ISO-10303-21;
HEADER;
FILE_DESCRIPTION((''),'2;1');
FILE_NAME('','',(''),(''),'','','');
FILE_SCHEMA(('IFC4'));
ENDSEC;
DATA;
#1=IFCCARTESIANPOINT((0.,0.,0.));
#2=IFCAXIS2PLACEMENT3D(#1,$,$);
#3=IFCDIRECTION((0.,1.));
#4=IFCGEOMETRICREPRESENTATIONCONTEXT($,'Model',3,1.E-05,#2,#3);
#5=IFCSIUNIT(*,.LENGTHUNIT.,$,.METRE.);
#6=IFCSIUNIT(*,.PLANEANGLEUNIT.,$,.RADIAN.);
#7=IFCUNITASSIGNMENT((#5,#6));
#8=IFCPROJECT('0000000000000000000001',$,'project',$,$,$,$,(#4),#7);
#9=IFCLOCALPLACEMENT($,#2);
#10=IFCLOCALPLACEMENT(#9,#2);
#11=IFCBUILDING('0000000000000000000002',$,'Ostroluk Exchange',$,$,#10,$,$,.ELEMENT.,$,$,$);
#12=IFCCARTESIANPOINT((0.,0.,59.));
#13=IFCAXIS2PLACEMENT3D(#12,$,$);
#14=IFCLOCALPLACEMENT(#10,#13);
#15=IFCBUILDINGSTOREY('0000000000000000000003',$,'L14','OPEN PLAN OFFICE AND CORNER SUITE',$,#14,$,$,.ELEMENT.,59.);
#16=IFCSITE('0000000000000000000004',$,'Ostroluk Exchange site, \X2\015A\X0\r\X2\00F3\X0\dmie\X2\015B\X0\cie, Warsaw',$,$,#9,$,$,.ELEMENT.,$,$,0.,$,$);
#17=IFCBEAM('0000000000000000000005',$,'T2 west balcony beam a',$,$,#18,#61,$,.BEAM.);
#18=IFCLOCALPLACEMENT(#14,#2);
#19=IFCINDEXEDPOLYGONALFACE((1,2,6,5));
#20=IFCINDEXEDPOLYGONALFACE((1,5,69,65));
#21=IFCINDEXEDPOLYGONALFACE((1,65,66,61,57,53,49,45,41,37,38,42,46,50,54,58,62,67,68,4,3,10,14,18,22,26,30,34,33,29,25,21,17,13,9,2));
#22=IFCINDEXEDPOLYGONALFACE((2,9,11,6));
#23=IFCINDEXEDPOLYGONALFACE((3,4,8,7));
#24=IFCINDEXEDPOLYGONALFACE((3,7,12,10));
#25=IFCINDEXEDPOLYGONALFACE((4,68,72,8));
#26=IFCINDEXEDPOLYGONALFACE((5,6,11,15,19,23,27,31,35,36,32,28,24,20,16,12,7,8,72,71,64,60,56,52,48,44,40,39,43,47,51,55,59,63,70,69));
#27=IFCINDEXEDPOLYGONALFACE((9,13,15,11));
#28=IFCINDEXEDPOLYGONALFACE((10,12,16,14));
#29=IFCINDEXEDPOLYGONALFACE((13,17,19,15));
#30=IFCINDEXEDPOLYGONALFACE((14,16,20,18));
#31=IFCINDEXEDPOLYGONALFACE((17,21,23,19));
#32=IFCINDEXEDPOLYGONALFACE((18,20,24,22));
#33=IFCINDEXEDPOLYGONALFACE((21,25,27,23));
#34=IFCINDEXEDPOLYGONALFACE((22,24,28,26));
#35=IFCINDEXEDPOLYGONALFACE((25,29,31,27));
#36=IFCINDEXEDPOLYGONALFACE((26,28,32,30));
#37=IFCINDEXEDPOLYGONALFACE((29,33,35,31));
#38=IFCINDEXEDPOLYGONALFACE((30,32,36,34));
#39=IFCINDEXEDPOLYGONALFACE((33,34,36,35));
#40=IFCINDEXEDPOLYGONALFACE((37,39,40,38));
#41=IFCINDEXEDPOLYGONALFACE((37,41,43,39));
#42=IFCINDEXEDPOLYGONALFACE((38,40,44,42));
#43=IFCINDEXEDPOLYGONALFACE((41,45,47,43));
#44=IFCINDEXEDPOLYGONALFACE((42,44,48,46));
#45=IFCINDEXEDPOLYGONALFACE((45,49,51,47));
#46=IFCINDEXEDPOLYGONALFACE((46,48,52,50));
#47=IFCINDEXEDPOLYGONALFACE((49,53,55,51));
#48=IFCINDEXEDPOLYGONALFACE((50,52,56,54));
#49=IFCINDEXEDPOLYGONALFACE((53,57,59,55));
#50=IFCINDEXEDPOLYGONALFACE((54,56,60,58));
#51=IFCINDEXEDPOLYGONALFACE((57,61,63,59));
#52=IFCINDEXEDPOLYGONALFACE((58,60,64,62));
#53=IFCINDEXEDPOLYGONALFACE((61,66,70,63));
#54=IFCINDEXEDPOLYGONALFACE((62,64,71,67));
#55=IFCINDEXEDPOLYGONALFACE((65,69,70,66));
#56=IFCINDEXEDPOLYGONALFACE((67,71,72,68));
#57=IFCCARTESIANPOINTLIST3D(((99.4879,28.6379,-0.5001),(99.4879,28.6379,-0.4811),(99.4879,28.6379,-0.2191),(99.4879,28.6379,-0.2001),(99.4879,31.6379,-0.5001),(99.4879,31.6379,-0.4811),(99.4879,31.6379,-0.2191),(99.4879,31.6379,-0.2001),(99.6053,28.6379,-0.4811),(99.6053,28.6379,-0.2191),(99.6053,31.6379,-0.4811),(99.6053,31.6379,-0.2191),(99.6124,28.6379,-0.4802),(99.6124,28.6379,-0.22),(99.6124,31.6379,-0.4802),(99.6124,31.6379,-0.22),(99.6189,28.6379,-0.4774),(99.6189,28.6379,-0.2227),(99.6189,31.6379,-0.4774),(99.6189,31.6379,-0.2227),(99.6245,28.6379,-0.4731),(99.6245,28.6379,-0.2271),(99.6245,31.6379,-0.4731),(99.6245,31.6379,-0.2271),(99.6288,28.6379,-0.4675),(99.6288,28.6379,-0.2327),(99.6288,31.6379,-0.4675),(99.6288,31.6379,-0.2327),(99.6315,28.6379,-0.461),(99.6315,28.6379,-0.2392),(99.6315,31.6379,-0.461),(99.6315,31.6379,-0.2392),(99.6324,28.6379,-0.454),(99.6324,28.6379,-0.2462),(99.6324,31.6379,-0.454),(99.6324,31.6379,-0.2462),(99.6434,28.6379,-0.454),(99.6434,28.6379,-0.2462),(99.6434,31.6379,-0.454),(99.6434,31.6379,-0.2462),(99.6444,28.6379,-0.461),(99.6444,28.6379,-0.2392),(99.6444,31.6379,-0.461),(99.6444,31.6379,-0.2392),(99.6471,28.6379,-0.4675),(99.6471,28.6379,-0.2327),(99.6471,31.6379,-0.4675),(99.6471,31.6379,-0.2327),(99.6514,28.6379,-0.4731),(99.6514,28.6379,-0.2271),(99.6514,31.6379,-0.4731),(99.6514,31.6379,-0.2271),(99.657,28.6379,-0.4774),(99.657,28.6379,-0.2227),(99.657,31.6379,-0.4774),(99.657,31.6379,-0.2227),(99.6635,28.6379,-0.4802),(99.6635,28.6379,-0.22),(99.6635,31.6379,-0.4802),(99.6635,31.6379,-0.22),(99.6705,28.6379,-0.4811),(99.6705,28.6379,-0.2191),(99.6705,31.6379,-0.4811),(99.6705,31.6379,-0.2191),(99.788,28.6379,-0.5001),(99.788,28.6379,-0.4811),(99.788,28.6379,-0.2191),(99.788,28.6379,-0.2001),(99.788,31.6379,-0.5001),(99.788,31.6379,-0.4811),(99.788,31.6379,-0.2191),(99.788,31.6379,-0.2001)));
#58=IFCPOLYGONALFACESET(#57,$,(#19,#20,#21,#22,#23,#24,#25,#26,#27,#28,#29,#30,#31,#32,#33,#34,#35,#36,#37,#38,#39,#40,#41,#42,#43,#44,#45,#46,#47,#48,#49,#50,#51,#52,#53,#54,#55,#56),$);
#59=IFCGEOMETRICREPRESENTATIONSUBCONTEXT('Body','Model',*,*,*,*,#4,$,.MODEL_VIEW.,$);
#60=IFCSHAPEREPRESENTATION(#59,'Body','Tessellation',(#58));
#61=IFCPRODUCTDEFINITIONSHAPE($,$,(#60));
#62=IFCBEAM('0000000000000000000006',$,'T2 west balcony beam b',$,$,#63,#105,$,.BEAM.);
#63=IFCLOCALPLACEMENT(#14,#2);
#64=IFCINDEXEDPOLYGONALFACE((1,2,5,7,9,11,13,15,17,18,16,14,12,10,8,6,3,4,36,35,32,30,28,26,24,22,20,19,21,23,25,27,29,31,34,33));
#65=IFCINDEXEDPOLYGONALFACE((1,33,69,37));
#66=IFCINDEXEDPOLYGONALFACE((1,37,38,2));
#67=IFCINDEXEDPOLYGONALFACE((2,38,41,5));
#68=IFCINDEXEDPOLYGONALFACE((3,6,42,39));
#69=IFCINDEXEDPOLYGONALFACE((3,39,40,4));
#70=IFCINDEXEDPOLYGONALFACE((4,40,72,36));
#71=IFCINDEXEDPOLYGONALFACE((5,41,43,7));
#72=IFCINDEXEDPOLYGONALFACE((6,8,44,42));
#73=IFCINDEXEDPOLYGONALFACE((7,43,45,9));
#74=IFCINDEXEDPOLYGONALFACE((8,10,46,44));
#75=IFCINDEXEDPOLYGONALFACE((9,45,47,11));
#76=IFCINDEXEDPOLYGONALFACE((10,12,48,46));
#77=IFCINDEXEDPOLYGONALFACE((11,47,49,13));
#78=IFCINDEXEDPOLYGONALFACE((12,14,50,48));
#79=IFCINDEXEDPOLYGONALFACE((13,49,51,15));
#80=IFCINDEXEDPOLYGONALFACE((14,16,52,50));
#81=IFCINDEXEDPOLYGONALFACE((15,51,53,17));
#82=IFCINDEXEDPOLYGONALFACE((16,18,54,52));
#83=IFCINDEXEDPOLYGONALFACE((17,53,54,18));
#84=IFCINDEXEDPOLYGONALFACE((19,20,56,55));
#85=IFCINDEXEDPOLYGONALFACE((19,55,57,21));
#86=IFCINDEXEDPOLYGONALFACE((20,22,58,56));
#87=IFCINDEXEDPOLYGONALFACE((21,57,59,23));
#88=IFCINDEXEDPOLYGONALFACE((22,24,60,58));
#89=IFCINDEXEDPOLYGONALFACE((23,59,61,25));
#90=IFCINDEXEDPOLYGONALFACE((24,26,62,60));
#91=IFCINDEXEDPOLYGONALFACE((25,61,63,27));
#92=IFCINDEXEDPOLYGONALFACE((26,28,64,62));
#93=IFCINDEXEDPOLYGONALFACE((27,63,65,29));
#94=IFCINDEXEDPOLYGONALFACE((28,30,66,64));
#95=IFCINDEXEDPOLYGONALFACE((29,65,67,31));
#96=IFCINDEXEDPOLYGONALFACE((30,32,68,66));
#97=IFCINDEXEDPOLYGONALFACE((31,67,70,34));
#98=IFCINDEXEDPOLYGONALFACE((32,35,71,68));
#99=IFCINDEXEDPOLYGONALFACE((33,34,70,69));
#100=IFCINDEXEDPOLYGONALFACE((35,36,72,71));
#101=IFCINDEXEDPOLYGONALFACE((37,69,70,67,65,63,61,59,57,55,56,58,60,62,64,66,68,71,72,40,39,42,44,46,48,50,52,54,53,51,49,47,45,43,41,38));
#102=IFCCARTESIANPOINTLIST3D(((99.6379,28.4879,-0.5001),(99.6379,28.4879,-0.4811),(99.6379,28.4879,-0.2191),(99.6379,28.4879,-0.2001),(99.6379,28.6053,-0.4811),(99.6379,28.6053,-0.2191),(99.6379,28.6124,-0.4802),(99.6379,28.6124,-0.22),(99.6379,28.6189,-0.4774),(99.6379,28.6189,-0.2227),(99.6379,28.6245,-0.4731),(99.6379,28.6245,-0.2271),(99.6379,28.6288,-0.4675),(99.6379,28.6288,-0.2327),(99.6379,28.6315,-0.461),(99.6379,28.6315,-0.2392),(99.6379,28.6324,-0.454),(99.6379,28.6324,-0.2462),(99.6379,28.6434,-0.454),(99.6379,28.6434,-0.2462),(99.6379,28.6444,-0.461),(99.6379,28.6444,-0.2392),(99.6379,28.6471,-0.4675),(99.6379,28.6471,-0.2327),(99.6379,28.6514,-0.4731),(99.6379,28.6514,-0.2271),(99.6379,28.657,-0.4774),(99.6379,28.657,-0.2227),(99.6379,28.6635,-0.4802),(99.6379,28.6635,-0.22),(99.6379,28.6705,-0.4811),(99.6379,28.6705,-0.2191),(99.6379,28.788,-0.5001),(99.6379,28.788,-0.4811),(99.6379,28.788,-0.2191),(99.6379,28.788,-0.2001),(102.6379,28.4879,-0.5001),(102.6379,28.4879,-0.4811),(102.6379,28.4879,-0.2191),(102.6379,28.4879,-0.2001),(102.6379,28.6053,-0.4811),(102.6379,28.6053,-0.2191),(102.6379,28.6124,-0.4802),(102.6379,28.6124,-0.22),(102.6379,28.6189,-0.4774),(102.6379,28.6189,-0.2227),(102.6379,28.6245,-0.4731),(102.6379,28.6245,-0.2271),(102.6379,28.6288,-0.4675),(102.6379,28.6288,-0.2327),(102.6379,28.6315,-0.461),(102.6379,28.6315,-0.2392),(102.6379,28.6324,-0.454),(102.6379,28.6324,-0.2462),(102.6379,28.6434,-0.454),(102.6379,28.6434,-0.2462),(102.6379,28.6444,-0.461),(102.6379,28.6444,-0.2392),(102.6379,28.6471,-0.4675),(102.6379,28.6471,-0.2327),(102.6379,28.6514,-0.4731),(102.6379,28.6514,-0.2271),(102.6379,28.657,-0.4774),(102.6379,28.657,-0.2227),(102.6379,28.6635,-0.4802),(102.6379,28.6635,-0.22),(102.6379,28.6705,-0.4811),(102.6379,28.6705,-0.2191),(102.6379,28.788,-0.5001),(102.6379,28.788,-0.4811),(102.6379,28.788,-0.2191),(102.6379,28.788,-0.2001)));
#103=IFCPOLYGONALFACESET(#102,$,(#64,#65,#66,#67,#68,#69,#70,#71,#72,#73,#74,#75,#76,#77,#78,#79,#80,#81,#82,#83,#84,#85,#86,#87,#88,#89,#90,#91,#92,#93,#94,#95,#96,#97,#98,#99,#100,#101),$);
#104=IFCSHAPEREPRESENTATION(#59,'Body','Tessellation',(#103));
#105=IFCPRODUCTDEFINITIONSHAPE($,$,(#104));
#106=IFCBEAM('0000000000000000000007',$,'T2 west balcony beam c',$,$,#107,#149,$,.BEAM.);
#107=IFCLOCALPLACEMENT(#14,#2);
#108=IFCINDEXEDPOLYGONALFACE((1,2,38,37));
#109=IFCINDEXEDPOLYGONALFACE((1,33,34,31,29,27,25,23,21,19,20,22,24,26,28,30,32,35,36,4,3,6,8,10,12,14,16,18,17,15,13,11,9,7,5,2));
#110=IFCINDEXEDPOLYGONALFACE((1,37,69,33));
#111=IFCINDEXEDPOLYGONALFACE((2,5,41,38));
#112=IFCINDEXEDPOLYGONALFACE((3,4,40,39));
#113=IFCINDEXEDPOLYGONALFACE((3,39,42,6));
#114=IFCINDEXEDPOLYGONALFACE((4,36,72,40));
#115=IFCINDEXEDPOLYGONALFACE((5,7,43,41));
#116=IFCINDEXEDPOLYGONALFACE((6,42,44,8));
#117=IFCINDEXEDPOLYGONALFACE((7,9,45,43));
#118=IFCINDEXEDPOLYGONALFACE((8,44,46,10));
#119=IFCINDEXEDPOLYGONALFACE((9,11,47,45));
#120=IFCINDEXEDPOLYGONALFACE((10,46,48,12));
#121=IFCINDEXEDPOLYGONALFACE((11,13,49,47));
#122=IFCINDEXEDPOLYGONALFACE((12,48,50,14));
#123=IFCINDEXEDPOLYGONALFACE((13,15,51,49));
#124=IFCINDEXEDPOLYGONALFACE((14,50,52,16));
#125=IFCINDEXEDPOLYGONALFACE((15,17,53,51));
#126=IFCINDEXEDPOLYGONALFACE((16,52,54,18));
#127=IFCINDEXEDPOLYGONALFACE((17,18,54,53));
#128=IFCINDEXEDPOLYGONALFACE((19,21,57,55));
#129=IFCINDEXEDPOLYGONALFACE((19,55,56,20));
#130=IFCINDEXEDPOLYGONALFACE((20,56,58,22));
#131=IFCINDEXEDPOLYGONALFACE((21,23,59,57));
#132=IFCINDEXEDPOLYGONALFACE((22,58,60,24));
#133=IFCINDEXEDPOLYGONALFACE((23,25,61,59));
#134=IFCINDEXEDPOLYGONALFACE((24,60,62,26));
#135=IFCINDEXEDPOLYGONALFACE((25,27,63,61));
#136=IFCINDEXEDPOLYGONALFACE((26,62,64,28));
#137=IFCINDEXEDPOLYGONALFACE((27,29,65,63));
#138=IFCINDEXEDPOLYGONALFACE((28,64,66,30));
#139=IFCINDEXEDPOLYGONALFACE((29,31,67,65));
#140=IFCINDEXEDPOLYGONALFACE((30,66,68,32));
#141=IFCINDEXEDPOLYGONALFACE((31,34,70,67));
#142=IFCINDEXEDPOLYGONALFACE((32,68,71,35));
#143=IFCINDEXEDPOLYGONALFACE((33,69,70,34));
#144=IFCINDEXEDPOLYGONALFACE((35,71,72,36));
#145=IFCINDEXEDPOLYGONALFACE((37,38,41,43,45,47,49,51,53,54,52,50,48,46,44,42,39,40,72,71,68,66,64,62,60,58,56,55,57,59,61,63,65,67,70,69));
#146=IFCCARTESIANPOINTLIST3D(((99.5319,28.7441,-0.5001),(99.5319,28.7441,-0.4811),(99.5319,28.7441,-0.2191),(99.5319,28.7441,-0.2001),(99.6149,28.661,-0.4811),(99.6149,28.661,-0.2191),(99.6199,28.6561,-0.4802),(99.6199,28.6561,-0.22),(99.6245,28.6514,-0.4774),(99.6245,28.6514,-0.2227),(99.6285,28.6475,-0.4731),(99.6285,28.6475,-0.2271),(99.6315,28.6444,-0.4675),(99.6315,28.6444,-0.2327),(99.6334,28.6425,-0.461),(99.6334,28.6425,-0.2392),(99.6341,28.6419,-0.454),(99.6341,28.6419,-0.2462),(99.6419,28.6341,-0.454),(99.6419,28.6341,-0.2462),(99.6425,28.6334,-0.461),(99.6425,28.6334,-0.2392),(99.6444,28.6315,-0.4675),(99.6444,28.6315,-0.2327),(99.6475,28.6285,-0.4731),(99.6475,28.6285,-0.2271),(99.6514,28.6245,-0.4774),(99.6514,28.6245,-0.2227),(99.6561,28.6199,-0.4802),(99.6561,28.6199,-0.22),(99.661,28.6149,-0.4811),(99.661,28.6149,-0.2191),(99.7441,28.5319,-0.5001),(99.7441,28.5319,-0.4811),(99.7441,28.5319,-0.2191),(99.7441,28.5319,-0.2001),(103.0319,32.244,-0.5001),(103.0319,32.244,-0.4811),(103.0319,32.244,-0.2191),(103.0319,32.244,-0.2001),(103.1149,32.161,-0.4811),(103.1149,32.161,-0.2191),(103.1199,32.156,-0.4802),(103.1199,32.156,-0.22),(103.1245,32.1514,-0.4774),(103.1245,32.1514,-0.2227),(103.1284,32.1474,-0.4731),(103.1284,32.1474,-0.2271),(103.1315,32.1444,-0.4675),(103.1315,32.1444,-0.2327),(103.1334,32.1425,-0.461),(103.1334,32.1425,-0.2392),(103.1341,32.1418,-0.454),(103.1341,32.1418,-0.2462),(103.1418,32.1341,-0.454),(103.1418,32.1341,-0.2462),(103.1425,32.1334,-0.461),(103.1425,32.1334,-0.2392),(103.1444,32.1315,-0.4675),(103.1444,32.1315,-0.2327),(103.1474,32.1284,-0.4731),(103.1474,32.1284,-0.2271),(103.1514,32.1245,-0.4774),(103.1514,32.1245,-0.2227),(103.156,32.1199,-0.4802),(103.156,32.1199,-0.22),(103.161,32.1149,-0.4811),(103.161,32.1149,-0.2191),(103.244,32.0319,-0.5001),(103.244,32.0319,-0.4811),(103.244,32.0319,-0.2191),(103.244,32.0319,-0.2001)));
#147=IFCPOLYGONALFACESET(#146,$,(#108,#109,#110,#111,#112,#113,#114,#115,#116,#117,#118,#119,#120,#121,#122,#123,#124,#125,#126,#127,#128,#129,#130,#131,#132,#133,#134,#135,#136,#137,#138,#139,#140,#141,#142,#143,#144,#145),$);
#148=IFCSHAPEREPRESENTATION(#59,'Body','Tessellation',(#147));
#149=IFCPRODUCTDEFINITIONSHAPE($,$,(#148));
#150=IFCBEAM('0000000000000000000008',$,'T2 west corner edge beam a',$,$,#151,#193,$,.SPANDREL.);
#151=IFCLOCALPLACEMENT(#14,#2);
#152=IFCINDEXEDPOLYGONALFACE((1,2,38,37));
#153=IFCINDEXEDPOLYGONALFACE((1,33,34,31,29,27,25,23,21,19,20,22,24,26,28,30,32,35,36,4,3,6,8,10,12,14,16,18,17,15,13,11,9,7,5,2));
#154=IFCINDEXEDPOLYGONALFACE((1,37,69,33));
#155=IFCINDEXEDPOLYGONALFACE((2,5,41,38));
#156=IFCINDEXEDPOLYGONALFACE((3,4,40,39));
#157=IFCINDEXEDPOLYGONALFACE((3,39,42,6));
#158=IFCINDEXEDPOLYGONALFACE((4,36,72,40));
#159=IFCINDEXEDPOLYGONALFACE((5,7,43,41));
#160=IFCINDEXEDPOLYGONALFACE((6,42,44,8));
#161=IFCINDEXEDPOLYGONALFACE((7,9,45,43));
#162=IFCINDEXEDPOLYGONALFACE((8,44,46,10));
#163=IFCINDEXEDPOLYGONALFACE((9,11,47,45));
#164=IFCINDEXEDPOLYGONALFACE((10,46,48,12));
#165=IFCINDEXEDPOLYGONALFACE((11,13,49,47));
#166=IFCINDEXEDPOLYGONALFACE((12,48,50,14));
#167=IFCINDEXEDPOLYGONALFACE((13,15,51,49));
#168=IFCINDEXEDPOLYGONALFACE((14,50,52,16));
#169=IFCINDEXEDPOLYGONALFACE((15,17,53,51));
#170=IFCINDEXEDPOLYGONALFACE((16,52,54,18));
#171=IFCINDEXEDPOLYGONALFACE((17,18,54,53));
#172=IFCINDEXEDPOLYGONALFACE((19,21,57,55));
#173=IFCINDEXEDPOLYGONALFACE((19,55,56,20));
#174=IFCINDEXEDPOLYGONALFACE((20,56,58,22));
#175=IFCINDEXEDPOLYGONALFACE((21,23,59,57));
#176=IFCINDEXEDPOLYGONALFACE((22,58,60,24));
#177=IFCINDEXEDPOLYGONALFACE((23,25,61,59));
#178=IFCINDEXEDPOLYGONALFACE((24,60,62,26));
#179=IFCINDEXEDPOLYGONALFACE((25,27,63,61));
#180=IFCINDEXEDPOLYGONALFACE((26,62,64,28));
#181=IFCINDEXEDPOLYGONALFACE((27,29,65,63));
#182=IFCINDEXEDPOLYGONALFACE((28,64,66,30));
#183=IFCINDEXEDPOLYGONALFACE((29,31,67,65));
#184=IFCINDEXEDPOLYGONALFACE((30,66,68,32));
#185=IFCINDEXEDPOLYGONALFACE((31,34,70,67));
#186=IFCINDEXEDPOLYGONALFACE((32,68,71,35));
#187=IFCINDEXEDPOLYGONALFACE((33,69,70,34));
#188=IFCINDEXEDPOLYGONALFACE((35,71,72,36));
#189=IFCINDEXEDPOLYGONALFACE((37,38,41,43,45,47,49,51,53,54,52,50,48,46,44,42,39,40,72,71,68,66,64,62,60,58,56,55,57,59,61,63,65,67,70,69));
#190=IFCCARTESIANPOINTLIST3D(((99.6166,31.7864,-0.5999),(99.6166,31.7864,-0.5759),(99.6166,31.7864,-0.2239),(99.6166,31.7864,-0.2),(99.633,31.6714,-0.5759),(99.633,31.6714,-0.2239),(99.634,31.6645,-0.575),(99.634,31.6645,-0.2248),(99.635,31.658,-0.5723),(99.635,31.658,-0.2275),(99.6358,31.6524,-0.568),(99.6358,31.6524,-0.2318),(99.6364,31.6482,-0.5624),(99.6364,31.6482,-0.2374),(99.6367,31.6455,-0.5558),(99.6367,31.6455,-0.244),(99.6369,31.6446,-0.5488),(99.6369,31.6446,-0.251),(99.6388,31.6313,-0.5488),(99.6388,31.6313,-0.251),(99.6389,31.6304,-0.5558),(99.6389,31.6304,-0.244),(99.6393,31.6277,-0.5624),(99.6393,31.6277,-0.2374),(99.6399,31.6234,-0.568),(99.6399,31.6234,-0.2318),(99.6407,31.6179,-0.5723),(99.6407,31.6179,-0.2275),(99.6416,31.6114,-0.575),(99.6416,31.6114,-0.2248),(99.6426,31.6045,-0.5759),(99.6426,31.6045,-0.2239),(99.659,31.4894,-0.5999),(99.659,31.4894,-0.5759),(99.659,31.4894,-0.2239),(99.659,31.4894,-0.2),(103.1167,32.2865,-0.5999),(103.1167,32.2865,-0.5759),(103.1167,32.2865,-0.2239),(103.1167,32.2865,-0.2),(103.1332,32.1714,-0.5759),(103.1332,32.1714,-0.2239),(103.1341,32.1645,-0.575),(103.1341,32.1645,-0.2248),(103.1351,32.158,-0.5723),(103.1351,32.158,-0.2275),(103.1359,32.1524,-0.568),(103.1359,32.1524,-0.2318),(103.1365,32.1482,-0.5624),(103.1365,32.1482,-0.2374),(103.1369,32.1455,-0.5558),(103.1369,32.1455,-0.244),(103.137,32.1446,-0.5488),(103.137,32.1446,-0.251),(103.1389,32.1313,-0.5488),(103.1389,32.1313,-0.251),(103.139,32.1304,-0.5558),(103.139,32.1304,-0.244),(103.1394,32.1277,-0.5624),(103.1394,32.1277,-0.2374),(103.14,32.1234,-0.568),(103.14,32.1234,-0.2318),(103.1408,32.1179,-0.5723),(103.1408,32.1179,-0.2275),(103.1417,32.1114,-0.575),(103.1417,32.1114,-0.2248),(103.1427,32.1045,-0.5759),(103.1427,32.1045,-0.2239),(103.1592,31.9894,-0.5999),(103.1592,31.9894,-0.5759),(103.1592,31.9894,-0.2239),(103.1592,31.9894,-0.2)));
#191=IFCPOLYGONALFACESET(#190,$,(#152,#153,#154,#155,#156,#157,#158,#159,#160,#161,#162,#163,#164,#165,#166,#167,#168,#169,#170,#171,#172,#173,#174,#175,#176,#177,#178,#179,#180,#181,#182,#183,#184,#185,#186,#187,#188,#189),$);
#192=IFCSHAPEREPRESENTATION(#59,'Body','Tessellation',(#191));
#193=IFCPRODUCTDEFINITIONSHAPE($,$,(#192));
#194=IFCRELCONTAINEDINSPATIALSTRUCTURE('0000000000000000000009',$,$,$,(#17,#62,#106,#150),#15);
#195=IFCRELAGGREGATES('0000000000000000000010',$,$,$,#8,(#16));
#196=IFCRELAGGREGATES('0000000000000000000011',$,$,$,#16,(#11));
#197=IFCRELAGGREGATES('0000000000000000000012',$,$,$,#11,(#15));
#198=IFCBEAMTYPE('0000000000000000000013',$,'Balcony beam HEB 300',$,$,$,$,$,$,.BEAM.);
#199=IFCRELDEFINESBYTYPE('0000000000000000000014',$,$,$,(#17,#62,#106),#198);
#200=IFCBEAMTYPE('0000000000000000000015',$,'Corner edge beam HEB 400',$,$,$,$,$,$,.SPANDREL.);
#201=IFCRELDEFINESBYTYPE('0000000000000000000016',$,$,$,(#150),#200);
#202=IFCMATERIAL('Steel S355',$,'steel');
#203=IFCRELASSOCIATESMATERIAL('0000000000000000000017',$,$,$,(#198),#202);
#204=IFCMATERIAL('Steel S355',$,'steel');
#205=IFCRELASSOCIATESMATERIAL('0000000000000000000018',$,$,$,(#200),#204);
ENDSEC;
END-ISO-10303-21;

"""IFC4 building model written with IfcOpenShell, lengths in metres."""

from ifc_helpers import new_model, si_unit, direction, frame, origin, origin_2d, place, context, subcontext, project, spatial, i_section, extrude, material, material_profile, profile_set, type_object, element, save


model = new_model("IFC4")

# Units and contexts
model_context = context("Model", 3, precision=1e-05, world=origin(), true_north=direction((0.0, 1.0)))
body_context = subcontext(model_context, "Body", "Model", "MODEL_VIEW")
ifc_project = project(units=[si_unit("LENGTHUNIT", "METRE"), si_unit("PLANEANGLEUNIT", "RADIAN")], contexts=[model_context])

# Site, building, storey
site_placement = place(None, origin())
site = spatial("IfcSite", under=ifc_project, at=site_placement, Name="Ostroluk Exchange site, Śródmieście, Warsaw", CompositionType="ELEMENT", RefElevation=0.0)
building_placement = place(site_placement, origin())
building = spatial("IfcBuilding", under=site, at=building_placement, Name="Ostroluk Exchange", CompositionType="ELEMENT")
storey_placement = place(building_placement, frame((0.0, 0.0, 59.0)))
storey = spatial("IfcBuildingStorey", under=building, at=storey_placement, Name="L14", Description="OPEN PLAN OFFICE AND CORNER SUITE", CompositionType="ELEMENT", Elevation=59.0)

# Beams
ifc_material_1 = material(Name="Steel S355", Category="steel")
ifc_material_profile_1 = material_profile(ifc_material_1, i_section(OverallWidth=0.3, OverallDepth=0.3, WebThickness=0.011, FlangeThickness=0.019, FilletRadius=0.0271, at=origin_2d()), Name="HEB 300")
ifc_profile_set_1 = profile_set([ifc_material_profile_1], Name="Steel S355")
beam_type_1 = type_object("IfcBeamType", Name="Balcony beam HEB 300", PredefinedType="BEAM", material=ifc_profile_set_1)
for number, where, z_axis, x_axis, name in (
    (1, (99.6379, 31.6379, -0.3501), (0.0, -1.0, 0.0), (1.0, 0.0, 0.0), "T2 west balcony beam a"),
    (2, (102.6379, 28.6379, -0.3501), (-1.0, 0.0, 0.0), (0.0, -1.0, 0.0), "T2 west balcony beam b"),
):
    element("IfcBeam", number, at=place(storey_placement, frame(where, z_axis=z_axis, x_axis=x_axis)), inside=storey, type_object=beam_type_1, Name=name, PredefinedType="BEAM", context=body_context, shape_type="SweptSolid", body=[
        extrude(i_section(OverallWidth=0.3, OverallDepth=0.3, WebThickness=0.011, FlangeThickness=0.019, FilletRadius=0.0271, at=origin_2d()), origin(), (0.0, 0.0, 1.0), 3.0),
    ])
beam_1_placement = place(storey_placement, frame((103.1379, 32.1379, -0.3501), z_axis=(-0.707107, -0.707107, 0.0), x_axis=(0.707107, -0.707107, 0.0)))
element("IfcBeam", 3, at=beam_1_placement, inside=storey, type_object=beam_type_1, Name="T2 west balcony beam c", PredefinedType="BEAM", context=body_context, shape_type="SweptSolid", body=[
    extrude(i_section(OverallWidth=0.3, OverallDepth=0.3, WebThickness=0.011, FlangeThickness=0.019, FilletRadius=0.0271, at=origin_2d()), origin(), (0.0, 0.0, 1.0), 4.9497),
])
ifc_material_2 = material(Name="Steel S355", Category="steel")
ifc_material_profile_2 = material_profile(ifc_material_2, i_section(OverallWidth=0.3, OverallDepth=0.3999, WebThickness=0.0134, FlangeThickness=0.0239, FilletRadius=0.0271, at=origin_2d()), Name="HEB 400")
ifc_profile_set_2 = profile_set([ifc_material_profile_2], Name="Steel S355")
beam_type_2 = type_object("IfcBeamType", Name="Corner edge beam HEB 400", PredefinedType="SPANDREL", material=ifc_profile_set_2)
for number, where, z_axis, x_axis, name in (
    (4, (103.1379, 32.1379, -0.3999), (-0.989949, -0.141421, 0.0), (0.141421, -0.989949, 0.0), "T2 west corner edge beam a"),
):
    element("IfcBeam", number, at=place(storey_placement, frame(where, z_axis=z_axis, x_axis=x_axis)), inside=storey, type_object=beam_type_2, Name=name, PredefinedType="SPANDREL", context=body_context, shape_type="SweptSolid", body=[
        extrude(i_section(OverallWidth=0.3, OverallDepth=0.3999, WebThickness=0.0134, FlangeThickness=0.0239, FilletRadius=0.0271, at=origin_2d()), origin(), (0.0, 0.0, 1.0), 3.5356),
    ])

save(model, "model.ifc")
